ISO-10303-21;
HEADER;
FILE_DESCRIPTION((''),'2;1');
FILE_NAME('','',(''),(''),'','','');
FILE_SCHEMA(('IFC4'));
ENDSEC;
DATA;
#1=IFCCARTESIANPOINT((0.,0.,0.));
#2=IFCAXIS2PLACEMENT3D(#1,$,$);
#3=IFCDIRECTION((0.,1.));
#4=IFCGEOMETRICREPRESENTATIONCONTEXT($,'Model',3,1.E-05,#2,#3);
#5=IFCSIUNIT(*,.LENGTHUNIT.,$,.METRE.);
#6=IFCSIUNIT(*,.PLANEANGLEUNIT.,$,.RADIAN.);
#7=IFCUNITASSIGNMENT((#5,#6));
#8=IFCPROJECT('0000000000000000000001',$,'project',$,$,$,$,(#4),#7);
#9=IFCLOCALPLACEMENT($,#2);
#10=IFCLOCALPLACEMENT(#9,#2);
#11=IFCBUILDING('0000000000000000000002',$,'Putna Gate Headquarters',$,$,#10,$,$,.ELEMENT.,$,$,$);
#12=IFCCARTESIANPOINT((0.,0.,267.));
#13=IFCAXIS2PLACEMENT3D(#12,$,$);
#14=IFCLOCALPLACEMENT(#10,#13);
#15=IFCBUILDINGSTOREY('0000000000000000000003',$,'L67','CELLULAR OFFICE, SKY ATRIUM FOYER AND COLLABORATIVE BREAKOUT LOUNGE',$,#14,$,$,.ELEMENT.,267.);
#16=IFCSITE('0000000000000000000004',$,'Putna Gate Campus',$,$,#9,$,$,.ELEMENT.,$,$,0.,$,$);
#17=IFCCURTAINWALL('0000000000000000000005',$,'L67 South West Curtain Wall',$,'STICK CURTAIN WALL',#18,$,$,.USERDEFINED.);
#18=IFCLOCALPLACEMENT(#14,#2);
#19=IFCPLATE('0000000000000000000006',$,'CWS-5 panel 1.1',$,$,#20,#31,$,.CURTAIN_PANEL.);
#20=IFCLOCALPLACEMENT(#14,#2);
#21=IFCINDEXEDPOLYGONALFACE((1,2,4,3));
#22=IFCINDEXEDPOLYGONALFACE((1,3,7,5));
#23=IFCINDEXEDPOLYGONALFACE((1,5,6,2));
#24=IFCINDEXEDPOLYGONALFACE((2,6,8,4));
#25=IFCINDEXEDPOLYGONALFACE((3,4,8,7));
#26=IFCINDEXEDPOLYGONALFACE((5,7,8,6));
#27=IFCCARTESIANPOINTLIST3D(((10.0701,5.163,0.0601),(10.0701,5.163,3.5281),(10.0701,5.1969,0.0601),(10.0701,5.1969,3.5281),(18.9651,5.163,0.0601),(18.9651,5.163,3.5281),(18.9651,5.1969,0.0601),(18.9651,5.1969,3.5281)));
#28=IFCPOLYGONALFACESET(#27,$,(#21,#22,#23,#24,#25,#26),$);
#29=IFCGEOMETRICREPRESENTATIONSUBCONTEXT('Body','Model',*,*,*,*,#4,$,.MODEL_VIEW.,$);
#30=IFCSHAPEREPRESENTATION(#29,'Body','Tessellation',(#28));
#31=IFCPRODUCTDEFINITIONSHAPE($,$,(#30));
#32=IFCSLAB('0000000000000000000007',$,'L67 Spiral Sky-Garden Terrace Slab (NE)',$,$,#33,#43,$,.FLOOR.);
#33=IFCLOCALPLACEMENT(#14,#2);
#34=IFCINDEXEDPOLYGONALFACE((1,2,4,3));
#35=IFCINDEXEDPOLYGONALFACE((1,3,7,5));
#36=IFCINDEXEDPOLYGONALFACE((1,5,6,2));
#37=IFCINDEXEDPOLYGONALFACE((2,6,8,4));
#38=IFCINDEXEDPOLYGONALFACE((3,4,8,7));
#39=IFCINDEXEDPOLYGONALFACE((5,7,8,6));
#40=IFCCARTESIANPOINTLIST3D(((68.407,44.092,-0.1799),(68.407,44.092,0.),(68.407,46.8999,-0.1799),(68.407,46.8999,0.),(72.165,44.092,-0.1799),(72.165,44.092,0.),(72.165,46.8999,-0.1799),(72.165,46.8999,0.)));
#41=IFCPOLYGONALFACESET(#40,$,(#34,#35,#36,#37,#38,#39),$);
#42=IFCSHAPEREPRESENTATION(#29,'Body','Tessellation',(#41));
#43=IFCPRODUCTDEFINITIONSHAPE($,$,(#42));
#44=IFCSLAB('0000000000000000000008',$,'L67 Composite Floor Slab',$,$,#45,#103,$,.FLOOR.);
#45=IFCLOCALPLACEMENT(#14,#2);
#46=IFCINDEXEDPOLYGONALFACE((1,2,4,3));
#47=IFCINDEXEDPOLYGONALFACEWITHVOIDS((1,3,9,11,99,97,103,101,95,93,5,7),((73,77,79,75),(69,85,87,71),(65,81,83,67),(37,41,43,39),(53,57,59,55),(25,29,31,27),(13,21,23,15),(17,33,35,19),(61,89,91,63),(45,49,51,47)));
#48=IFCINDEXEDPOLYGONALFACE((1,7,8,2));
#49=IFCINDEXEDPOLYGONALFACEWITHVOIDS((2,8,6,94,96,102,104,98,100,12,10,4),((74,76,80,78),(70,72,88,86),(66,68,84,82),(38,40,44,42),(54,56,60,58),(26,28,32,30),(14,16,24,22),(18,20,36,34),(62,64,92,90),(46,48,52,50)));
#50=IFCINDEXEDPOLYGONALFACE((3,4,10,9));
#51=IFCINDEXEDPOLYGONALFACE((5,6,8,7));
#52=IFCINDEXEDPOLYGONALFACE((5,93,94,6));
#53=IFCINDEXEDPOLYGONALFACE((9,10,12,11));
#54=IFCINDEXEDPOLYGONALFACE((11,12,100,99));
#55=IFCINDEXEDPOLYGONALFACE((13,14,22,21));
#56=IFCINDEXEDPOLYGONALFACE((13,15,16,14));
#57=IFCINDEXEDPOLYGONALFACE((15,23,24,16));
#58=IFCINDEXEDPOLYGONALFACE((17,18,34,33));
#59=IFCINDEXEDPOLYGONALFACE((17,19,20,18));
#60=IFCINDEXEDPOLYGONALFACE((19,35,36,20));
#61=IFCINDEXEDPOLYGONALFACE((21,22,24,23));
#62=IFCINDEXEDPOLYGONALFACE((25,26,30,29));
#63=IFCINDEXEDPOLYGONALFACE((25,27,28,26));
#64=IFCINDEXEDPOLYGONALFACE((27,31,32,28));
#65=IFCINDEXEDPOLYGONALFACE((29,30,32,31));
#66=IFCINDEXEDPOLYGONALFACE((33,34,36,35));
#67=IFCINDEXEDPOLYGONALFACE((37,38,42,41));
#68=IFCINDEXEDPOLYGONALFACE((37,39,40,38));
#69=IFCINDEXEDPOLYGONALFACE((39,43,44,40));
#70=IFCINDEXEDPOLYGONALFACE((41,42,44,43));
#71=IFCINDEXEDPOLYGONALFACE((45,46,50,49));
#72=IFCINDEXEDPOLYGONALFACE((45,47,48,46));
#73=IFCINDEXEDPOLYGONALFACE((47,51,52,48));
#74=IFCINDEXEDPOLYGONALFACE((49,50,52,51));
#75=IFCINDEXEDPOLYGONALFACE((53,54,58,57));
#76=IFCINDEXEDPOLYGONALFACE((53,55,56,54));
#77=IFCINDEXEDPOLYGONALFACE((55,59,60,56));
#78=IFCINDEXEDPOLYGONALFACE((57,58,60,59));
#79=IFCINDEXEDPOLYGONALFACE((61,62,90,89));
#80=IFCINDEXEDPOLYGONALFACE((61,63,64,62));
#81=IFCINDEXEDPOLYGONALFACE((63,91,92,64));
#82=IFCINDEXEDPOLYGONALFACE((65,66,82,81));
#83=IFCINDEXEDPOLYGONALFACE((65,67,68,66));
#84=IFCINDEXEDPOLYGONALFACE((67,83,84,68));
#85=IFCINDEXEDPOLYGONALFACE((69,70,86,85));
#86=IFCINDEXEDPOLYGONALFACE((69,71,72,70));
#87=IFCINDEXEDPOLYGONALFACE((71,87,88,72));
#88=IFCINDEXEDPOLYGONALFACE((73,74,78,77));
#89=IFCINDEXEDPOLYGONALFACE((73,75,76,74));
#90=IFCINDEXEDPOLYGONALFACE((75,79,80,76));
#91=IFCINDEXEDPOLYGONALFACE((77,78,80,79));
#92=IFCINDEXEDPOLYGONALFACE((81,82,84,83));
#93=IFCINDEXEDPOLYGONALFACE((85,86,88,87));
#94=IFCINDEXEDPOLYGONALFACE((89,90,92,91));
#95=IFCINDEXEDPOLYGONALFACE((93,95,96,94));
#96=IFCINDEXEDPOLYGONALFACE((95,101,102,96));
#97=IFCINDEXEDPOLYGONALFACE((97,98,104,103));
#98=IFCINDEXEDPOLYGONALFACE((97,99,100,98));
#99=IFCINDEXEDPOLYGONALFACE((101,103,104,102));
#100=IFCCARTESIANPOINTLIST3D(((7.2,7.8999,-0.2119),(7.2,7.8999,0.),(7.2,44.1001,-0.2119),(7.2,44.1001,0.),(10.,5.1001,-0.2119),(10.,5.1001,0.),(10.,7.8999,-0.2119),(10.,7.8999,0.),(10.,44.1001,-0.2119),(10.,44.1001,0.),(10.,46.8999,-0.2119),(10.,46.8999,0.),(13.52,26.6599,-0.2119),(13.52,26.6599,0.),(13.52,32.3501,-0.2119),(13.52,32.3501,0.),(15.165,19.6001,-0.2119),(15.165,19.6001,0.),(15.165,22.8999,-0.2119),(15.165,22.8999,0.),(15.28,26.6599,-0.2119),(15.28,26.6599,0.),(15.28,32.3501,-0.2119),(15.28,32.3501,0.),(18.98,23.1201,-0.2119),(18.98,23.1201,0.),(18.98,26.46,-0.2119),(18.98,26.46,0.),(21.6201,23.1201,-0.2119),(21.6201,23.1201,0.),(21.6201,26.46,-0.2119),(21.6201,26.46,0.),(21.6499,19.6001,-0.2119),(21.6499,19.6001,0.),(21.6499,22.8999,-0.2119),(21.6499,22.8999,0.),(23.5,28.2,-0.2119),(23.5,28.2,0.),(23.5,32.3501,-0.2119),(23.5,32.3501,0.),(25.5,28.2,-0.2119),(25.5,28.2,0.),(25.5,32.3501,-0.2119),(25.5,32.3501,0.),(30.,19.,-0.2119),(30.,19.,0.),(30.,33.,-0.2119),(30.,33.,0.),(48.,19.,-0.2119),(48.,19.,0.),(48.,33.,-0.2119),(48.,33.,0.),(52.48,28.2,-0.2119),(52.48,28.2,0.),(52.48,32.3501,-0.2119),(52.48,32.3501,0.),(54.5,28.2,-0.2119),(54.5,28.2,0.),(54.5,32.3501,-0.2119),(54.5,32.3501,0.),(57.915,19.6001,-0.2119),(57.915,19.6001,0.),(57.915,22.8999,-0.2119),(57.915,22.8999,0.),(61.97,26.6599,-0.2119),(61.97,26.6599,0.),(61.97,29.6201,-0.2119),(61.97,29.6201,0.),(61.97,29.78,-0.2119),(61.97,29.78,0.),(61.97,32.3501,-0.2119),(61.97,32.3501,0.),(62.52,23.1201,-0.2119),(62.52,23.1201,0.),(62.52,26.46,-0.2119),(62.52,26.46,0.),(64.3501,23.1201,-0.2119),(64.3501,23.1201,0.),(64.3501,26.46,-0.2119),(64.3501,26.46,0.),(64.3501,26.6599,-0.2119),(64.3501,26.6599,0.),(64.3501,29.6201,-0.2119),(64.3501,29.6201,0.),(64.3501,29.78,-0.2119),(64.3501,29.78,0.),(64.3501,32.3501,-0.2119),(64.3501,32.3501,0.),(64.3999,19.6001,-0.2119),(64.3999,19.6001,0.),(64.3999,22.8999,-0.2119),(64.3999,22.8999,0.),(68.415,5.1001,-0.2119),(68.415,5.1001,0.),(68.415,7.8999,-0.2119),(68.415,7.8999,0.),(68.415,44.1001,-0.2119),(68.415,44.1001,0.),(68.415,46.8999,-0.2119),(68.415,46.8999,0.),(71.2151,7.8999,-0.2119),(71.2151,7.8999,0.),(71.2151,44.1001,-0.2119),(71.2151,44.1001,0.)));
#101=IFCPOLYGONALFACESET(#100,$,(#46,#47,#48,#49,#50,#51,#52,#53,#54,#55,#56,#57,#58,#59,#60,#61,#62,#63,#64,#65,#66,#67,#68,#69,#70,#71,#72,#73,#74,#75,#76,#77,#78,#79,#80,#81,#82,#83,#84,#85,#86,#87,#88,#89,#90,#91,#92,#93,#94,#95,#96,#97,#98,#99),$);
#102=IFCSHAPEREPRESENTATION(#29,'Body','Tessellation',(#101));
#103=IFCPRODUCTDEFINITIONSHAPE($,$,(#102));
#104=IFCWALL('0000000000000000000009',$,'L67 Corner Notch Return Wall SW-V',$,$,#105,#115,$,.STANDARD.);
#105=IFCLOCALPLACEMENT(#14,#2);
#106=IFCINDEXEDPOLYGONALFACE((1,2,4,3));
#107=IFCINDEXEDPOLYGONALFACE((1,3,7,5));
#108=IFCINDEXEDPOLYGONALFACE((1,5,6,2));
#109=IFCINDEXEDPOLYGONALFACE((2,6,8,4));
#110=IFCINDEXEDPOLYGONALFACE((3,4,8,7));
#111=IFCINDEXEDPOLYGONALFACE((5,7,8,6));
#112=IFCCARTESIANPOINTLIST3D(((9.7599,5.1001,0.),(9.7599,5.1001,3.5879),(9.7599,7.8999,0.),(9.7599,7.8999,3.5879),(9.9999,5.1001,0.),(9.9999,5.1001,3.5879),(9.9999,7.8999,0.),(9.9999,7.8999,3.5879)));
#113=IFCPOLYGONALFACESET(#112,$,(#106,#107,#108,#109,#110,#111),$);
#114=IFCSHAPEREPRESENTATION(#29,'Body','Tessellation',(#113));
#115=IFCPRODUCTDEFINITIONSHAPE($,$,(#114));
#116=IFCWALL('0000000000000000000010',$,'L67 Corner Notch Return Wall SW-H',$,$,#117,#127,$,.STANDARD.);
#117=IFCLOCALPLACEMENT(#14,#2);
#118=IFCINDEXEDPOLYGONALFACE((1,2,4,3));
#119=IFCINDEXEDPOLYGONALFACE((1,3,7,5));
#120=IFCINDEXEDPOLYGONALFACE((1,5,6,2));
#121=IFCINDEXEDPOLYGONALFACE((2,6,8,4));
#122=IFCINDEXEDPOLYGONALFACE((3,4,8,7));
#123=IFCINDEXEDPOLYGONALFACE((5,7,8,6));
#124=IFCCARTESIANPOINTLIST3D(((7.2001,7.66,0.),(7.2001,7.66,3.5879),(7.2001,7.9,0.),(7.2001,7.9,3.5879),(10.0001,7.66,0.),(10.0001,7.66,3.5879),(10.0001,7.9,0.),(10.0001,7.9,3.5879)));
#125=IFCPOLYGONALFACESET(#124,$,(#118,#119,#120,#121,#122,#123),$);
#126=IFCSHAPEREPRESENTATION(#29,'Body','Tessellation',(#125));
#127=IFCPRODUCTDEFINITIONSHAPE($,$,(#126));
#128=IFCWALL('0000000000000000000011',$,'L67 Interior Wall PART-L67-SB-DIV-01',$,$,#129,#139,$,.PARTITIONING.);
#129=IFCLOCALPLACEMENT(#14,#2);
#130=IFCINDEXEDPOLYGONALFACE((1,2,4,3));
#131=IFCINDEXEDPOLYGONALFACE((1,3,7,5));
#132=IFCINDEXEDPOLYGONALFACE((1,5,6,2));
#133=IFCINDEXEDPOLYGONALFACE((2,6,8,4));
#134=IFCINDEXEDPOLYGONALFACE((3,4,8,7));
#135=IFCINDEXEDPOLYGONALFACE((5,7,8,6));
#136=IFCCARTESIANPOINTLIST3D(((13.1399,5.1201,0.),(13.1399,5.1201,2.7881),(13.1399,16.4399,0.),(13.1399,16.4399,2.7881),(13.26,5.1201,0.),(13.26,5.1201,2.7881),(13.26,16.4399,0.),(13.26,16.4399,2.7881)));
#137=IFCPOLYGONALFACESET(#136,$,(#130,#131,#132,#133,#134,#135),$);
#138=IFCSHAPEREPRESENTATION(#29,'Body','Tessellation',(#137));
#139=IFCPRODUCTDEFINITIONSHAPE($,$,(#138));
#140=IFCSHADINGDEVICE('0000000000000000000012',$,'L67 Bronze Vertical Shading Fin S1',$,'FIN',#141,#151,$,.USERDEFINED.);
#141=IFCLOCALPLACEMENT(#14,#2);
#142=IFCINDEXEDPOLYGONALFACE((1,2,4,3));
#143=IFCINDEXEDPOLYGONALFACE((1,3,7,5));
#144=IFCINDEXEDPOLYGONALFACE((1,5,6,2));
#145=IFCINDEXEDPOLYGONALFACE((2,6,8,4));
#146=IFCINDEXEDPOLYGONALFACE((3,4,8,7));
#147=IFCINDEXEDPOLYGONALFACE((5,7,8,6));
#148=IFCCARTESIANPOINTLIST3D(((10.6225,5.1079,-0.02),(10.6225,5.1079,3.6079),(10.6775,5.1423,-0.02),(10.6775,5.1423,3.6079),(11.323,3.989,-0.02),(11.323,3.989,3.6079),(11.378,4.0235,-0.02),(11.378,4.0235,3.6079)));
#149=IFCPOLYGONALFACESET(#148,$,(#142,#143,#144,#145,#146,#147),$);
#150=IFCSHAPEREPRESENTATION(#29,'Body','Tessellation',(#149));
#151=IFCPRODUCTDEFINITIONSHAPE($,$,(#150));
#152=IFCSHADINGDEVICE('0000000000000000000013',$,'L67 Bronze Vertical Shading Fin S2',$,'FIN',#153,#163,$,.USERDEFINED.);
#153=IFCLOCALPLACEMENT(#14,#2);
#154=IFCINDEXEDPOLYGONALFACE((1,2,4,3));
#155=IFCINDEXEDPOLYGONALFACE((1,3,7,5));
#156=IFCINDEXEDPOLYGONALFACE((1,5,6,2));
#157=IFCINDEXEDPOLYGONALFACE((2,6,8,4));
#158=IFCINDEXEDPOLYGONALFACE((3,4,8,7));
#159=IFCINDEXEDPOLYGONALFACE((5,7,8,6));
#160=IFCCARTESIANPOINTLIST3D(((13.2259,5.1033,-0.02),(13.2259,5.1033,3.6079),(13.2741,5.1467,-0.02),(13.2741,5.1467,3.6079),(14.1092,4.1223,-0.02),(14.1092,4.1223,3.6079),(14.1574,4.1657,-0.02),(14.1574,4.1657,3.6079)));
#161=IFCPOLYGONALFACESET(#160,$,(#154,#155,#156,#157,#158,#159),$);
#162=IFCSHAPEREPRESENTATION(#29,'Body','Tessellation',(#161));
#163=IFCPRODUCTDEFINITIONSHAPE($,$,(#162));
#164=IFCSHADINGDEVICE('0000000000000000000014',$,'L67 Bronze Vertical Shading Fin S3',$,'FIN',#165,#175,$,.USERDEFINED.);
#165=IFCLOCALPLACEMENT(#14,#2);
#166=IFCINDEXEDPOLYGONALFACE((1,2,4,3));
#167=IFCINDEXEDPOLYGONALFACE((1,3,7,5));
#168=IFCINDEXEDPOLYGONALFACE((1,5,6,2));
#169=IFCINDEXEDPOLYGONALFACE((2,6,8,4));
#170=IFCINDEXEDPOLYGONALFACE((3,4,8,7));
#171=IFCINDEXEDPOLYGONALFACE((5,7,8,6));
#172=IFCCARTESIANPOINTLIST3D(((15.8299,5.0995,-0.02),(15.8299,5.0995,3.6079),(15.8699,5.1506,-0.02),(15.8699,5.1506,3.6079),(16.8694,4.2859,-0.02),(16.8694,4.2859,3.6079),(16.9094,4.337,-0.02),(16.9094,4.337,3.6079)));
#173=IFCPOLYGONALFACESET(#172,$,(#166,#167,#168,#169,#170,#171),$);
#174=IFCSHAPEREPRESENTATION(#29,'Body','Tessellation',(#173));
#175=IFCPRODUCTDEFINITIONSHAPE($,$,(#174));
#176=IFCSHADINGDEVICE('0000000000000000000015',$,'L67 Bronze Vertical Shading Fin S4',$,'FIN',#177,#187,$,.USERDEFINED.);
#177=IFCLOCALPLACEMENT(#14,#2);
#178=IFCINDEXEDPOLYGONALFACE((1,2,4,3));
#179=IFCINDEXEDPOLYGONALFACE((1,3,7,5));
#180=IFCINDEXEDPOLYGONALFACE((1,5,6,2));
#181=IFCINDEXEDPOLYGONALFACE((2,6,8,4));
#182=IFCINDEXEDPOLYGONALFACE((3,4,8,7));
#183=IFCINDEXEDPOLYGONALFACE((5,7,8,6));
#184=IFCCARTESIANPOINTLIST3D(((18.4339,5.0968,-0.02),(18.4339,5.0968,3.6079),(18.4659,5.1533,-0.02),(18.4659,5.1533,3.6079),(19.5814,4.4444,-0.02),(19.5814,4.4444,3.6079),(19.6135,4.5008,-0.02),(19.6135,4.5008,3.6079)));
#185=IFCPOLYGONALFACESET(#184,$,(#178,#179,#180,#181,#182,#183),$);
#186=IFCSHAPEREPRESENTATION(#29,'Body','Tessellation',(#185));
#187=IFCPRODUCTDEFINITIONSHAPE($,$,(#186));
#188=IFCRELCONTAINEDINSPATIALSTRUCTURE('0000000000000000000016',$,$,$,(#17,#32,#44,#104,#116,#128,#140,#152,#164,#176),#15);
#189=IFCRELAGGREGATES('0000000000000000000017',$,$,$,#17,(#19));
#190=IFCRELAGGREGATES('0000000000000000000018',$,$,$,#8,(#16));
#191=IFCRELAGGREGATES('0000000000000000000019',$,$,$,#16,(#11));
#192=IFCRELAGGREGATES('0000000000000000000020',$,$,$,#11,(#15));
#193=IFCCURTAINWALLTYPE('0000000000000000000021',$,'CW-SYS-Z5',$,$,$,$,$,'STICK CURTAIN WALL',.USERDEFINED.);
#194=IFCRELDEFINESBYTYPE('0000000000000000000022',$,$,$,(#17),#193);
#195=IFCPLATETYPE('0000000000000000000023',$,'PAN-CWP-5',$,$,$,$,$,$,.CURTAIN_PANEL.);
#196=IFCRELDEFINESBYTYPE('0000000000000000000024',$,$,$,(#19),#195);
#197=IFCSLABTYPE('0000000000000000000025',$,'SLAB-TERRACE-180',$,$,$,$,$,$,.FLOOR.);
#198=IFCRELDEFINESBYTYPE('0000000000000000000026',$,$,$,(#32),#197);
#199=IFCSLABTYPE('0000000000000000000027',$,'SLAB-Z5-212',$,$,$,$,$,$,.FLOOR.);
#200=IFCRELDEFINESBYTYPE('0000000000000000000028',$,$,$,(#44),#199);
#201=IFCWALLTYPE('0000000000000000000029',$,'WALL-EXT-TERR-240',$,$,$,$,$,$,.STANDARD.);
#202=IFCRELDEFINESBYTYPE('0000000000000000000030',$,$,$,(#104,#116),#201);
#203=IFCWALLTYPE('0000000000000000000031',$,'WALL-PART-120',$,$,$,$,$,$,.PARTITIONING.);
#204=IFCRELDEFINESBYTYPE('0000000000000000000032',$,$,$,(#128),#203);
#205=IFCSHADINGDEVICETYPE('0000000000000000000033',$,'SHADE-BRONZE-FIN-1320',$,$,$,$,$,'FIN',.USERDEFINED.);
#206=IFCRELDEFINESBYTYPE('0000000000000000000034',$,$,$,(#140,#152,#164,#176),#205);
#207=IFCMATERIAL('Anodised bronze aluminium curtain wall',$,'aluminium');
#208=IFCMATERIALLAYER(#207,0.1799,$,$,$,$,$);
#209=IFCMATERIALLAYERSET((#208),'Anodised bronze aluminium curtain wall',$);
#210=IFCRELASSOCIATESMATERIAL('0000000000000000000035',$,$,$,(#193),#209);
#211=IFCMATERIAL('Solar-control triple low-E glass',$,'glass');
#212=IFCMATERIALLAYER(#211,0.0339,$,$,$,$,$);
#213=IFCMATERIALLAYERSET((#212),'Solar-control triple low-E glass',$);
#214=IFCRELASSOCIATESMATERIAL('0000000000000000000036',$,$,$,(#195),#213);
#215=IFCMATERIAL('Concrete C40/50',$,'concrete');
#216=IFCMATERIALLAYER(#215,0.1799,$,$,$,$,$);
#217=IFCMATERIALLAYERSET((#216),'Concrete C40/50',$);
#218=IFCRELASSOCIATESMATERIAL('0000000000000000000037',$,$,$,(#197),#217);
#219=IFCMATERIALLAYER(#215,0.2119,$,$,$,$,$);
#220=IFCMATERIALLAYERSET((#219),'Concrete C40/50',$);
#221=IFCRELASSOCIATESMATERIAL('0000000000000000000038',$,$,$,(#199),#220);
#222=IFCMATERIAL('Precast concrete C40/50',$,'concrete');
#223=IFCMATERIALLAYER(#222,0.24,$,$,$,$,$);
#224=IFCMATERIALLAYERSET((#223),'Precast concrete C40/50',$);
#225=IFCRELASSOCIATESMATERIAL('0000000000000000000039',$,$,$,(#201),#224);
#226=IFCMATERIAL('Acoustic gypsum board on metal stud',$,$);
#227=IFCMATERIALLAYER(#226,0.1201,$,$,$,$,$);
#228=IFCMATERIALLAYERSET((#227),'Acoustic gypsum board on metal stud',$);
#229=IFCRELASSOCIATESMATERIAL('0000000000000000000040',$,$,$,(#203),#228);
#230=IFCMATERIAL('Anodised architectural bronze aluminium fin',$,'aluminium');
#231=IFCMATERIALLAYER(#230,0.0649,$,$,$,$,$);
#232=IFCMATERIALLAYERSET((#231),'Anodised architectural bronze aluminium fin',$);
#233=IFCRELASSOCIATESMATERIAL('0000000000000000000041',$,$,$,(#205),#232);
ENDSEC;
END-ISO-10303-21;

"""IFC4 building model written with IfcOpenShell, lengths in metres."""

from ifc_helpers import new_model, si_unit, direction, frame, frame_2d, origin, origin_2d, place, context, subcontext, project, spatial, polyline, rectangle, outline, extrude, material, layer, layer_set, type_object, element, aggregate, save


model = new_model("IFC4")

# Units and contexts
model_context = context("Model", 3, precision=1e-05, world=origin(), true_north=direction((0.0, 1.0)))
body_context = subcontext(model_context, "Body", "Model", "MODEL_VIEW")
ifc_project = project(units=[si_unit("LENGTHUNIT", "METRE"), si_unit("PLANEANGLEUNIT", "RADIAN")], contexts=[model_context])

# Site, building, storey
site_placement = place(None, origin())
site = spatial("IfcSite", under=ifc_project, at=site_placement, Name="Putna Gate Campus", CompositionType="ELEMENT", RefElevation=0.0)
building_placement = place(site_placement, origin())
building = spatial("IfcBuilding", under=site, at=building_placement, Name="Putna Gate Headquarters", CompositionType="ELEMENT")
storey_placement = place(building_placement, frame((0.0, 0.0, 267.0)))
storey = spatial("IfcBuildingStorey", under=building, at=storey_placement, Name="L67", Description="CELLULAR OFFICE, SKY ATRIUM FOYER AND COLLABORATIVE BREAKOUT LOUNGE", CompositionType="ELEMENT", Elevation=267.0)

# Curtain wall
ifc_material_1 = material(Name="Anodised bronze aluminium curtain wall", Category="aluminium")
ifc_layer_1 = layer(ifc_material_1, 0.1799)
ifc_layer_set_1 = layer_set([ifc_layer_1], Name="Anodised bronze aluminium curtain wall")
curtain_wall_type = type_object("IfcCurtainWallType", Name="CW-SYS-Z5", ElementType="STICK CURTAIN WALL", PredefinedType="USERDEFINED", material=ifc_layer_set_1)
curtain_wall_1_placement = place(storey_placement, origin())
curtain_wall_1 = element("IfcCurtainWall", 1, at=curtain_wall_1_placement, inside=storey, type_object=curtain_wall_type, Name="L67 South West Curtain Wall", ObjectType="STICK CURTAIN WALL", PredefinedType="USERDEFINED")

# Shared definitions
ifc_material_2 = material(Name="Concrete C40/50", Category="concrete")

# Plate
ifc_material_3 = material(Name="Solar-control triple low-E glass", Category="glass")
ifc_layer_2 = layer(ifc_material_3, 0.0339)
ifc_layer_set_2 = layer_set([ifc_layer_2], Name="Solar-control triple low-E glass")
plate_type = type_object("IfcPlateType", Name="PAN-CWP-5", PredefinedType="CURTAIN_PANEL", material=ifc_layer_set_2)
plate_placement = place(storey_placement, frame((14.5176, 5.1799, 0.0601), z_axis=(0.0, 0.0, 1.0), x_axis=(1.0, 0.0, 0.0)))
plate = element("IfcPlate", 2, at=plate_placement, type_object=plate_type, Name="CWS-5 panel 1.1", PredefinedType="CURTAIN_PANEL", context=body_context, shape_type="SweptSolid", body=[
    extrude(rectangle(XDim=8.895, YDim=0.0339, at=origin_2d()), origin(), (0.0, 0.0, 1.0), 3.468),
])
aggregate(curtain_wall_1, [plate])

# Slabs
ifc_layer_3 = layer(ifc_material_2, 0.1799)
ifc_layer_set_3 = layer_set([ifc_layer_3], Name="Concrete C40/50")
slab_type_1 = type_object("IfcSlabType", Name="SLAB-TERRACE-180", PredefinedType="FLOOR", material=ifc_layer_set_3)
slab_1_placement = place(storey_placement, frame((0.0, 0.0, -0.1799)))
element("IfcSlab", 3, at=slab_1_placement, inside=storey, type_object=slab_type_1, Name="L67 Spiral Sky-Garden Terrace Slab (NE)", PredefinedType="FLOOR", context=body_context, shape_type="SweptSolid", body=[
    extrude(outline(polyline([(68.407, 44.092), (72.165, 44.092), (72.165, 46.8999), (68.407, 46.8999), (68.407, 44.092)])), origin(), (0.0, 0.0, 1.0), 0.1799),
])
ifc_layer_4 = layer(ifc_material_2, 0.2119)
ifc_layer_set_4 = layer_set([ifc_layer_4], Name="Concrete C40/50")
slab_type_2 = type_object("IfcSlabType", Name="SLAB-Z5-212", PredefinedType="FLOOR", material=ifc_layer_set_4)
slab_2_placement = place(storey_placement, frame((0.0, 0.0, -0.2119)))
element("IfcSlab", 4, at=slab_2_placement, inside=storey, type_object=slab_type_2, Name="L67 Composite Floor Slab", PredefinedType="FLOOR", context=body_context, shape_type="SweptSolid", body=[
    extrude(outline(polyline([(10.0, 5.1001), (68.415, 5.1001), (68.415, 7.8999), (71.2151, 7.8999), (71.2151, 44.1001), (68.415, 44.1001), (68.415, 46.8999), (10.0, 46.8999), (10.0, 44.1001), (7.2, 44.1001), (7.2, 7.8999), (10.0, 7.8999), (10.0, 5.1001)]), holes=[polyline([(15.165, 19.6001), (21.6499, 19.6001), (21.6499, 22.8999), (15.165, 22.8999), (15.165, 19.6001)]), polyline([(57.915, 19.6001), (64.3999, 19.6001), (64.3999, 22.8999), (57.915, 22.8999), (57.915, 19.6001)]), polyline([(13.52, 26.6599), (15.28, 26.6599), (15.28, 32.3501), (13.52, 32.3501), (13.52, 26.6599)]), polyline([(61.97, 29.78), (64.3501, 29.78), (64.3501, 32.3501), (61.97, 32.3501), (61.97, 29.78)]), polyline([(18.98, 23.1201), (21.6201, 23.1201), (21.6201, 26.46), (18.98, 26.46), (18.98, 23.1201)]), polyline([(62.52, 23.1201), (64.3501, 23.1201), (64.3501, 26.46), (62.52, 26.46), (62.52, 23.1201)]), polyline([(61.97, 26.6599), (64.3501, 26.6599), (64.3501, 29.6201), (61.97, 29.6201), (61.97, 26.6599)]), polyline([(23.5, 28.2), (25.5, 28.2), (25.5, 32.3501), (23.5, 32.3501), (23.5, 28.2)]), polyline([(52.48, 28.2), (54.5, 28.2), (54.5, 32.3501), (52.48, 32.3501), (52.48, 28.2)]), polyline([(30.0, 19.0), (48.0, 19.0), (48.0, 33.0), (30.0, 33.0), (30.0, 19.0)])]), origin(), (0.0, 0.0, 1.0), 0.2119),
])

# Walls
ifc_material_4 = material(Name="Precast concrete C40/50", Category="concrete")
ifc_layer_5 = layer(ifc_material_4, 0.24)
ifc_layer_set_5 = layer_set([ifc_layer_5], Name="Precast concrete C40/50")
wall_type_1 = type_object("IfcWallType", Name="WALL-EXT-TERR-240", PredefinedType="STANDARD", material=ifc_layer_set_5)
wall_1_placement = place(storey_placement, frame((9.8799, 5.1001, 0.0), z_axis=(0.0, 0.0, 1.0), x_axis=(0.0, 1.0, 0.0)))
element("IfcWall", 5, at=wall_1_placement, inside=storey, type_object=wall_type_1, Name="L67 Corner Notch Return Wall SW-V", PredefinedType="STANDARD", context=body_context, shape_type="SweptSolid", body=[
    extrude(rectangle(XDim=2.7998, YDim=0.24, at=frame_2d((1.3999, 0.0))), origin(), (0.0, 0.0, 1.0), 3.5879),
])
wall_2_placement = place(storey_placement, frame((10.0, 7.78, 0.0), z_axis=(0.0, 0.0, 1.0), x_axis=(-1.0, 0.0, 0.0)))
element("IfcWall", 6, at=wall_2_placement, inside=storey, type_object=wall_type_1, Name="L67 Corner Notch Return Wall SW-H", PredefinedType="STANDARD", context=body_context, shape_type="SweptSolid", body=[
    extrude(rectangle(XDim=2.8, YDim=0.24, at=frame_2d((1.3999, 0.0))), origin(), (0.0, 0.0, 1.0), 3.5879),
])
ifc_material_5 = material(Name="Acoustic gypsum board on metal stud")
ifc_layer_6 = layer(ifc_material_5, 0.1201)
ifc_layer_set_6 = layer_set([ifc_layer_6], Name="Acoustic gypsum board on metal stud")
wall_type_2 = type_object("IfcWallType", Name="WALL-PART-120", PredefinedType="PARTITIONING", material=ifc_layer_set_6)
wall_3_placement = place(storey_placement, frame((13.2, 5.1201, 0.0), z_axis=(0.0, 0.0, 1.0), x_axis=(0.0, 1.0, 0.0)))
element("IfcWall", 7, at=wall_3_placement, inside=storey, type_object=wall_type_2, Name="L67 Interior Wall PART-L67-SB-DIV-01", PredefinedType="PARTITIONING", context=body_context, shape_type="SweptSolid", body=[
    extrude(rectangle(XDim=11.3198, YDim=0.1201, at=frame_2d((5.6599, 0.0))), origin(), (0.0, 0.0, 1.0), 2.7881),
])

# Shading devices
ifc_material_6 = material(Name="Anodised architectural bronze aluminium fin", Category="aluminium")
ifc_layer_7 = layer(ifc_material_6, 0.0649)
ifc_layer_set_7 = layer_set([ifc_layer_7], Name="Anodised architectural bronze aluminium fin")
shading_device_type_1 = type_object("IfcShadingDeviceType", Name="SHADE-BRONZE-FIN-1320", ElementType="FIN", PredefinedType="USERDEFINED", material=ifc_layer_set_7)
for number, where, z_axis, x_axis, name in (
    (8, (11.0002, 4.5657, -0.02), (0.0, 0.0, 1.0), (0.530659, -0.847585, 0.0), "L67 Bronze Vertical Shading Fin S1"),
    (9, (13.6917, 4.6345, -0.02), (0.0, 0.0, 1.0), (0.669131, -0.743145, 0.0), "L67 Bronze Vertical Shading Fin S2"),
    (10, (16.3696, 4.7183, -0.02), (0.0, 0.0, 1.0), (0.787473, -0.616349, 0.0), "L67 Bronze Vertical Shading Fin S3"),
    (11, (19.0237, 4.7988, -0.02), (0.0, 0.0, 1.0), (0.869322, -0.494245, 0.0), "L67 Bronze Vertical Shading Fin S4"),
):
    element("IfcShadingDevice", number, at=place(storey_placement, frame(where, z_axis=z_axis, x_axis=x_axis)), inside=storey, type_object=shading_device_type_1, Name=name, ObjectType="FIN", PredefinedType="USERDEFINED", context=body_context, shape_type="SweptSolid", body=[
        extrude(rectangle(XDim=1.3201, YDim=0.0649, at=origin_2d()), origin(), (0.0, 0.0, 1.0), 3.6279),
    ])

save(model, "model.ifc")
